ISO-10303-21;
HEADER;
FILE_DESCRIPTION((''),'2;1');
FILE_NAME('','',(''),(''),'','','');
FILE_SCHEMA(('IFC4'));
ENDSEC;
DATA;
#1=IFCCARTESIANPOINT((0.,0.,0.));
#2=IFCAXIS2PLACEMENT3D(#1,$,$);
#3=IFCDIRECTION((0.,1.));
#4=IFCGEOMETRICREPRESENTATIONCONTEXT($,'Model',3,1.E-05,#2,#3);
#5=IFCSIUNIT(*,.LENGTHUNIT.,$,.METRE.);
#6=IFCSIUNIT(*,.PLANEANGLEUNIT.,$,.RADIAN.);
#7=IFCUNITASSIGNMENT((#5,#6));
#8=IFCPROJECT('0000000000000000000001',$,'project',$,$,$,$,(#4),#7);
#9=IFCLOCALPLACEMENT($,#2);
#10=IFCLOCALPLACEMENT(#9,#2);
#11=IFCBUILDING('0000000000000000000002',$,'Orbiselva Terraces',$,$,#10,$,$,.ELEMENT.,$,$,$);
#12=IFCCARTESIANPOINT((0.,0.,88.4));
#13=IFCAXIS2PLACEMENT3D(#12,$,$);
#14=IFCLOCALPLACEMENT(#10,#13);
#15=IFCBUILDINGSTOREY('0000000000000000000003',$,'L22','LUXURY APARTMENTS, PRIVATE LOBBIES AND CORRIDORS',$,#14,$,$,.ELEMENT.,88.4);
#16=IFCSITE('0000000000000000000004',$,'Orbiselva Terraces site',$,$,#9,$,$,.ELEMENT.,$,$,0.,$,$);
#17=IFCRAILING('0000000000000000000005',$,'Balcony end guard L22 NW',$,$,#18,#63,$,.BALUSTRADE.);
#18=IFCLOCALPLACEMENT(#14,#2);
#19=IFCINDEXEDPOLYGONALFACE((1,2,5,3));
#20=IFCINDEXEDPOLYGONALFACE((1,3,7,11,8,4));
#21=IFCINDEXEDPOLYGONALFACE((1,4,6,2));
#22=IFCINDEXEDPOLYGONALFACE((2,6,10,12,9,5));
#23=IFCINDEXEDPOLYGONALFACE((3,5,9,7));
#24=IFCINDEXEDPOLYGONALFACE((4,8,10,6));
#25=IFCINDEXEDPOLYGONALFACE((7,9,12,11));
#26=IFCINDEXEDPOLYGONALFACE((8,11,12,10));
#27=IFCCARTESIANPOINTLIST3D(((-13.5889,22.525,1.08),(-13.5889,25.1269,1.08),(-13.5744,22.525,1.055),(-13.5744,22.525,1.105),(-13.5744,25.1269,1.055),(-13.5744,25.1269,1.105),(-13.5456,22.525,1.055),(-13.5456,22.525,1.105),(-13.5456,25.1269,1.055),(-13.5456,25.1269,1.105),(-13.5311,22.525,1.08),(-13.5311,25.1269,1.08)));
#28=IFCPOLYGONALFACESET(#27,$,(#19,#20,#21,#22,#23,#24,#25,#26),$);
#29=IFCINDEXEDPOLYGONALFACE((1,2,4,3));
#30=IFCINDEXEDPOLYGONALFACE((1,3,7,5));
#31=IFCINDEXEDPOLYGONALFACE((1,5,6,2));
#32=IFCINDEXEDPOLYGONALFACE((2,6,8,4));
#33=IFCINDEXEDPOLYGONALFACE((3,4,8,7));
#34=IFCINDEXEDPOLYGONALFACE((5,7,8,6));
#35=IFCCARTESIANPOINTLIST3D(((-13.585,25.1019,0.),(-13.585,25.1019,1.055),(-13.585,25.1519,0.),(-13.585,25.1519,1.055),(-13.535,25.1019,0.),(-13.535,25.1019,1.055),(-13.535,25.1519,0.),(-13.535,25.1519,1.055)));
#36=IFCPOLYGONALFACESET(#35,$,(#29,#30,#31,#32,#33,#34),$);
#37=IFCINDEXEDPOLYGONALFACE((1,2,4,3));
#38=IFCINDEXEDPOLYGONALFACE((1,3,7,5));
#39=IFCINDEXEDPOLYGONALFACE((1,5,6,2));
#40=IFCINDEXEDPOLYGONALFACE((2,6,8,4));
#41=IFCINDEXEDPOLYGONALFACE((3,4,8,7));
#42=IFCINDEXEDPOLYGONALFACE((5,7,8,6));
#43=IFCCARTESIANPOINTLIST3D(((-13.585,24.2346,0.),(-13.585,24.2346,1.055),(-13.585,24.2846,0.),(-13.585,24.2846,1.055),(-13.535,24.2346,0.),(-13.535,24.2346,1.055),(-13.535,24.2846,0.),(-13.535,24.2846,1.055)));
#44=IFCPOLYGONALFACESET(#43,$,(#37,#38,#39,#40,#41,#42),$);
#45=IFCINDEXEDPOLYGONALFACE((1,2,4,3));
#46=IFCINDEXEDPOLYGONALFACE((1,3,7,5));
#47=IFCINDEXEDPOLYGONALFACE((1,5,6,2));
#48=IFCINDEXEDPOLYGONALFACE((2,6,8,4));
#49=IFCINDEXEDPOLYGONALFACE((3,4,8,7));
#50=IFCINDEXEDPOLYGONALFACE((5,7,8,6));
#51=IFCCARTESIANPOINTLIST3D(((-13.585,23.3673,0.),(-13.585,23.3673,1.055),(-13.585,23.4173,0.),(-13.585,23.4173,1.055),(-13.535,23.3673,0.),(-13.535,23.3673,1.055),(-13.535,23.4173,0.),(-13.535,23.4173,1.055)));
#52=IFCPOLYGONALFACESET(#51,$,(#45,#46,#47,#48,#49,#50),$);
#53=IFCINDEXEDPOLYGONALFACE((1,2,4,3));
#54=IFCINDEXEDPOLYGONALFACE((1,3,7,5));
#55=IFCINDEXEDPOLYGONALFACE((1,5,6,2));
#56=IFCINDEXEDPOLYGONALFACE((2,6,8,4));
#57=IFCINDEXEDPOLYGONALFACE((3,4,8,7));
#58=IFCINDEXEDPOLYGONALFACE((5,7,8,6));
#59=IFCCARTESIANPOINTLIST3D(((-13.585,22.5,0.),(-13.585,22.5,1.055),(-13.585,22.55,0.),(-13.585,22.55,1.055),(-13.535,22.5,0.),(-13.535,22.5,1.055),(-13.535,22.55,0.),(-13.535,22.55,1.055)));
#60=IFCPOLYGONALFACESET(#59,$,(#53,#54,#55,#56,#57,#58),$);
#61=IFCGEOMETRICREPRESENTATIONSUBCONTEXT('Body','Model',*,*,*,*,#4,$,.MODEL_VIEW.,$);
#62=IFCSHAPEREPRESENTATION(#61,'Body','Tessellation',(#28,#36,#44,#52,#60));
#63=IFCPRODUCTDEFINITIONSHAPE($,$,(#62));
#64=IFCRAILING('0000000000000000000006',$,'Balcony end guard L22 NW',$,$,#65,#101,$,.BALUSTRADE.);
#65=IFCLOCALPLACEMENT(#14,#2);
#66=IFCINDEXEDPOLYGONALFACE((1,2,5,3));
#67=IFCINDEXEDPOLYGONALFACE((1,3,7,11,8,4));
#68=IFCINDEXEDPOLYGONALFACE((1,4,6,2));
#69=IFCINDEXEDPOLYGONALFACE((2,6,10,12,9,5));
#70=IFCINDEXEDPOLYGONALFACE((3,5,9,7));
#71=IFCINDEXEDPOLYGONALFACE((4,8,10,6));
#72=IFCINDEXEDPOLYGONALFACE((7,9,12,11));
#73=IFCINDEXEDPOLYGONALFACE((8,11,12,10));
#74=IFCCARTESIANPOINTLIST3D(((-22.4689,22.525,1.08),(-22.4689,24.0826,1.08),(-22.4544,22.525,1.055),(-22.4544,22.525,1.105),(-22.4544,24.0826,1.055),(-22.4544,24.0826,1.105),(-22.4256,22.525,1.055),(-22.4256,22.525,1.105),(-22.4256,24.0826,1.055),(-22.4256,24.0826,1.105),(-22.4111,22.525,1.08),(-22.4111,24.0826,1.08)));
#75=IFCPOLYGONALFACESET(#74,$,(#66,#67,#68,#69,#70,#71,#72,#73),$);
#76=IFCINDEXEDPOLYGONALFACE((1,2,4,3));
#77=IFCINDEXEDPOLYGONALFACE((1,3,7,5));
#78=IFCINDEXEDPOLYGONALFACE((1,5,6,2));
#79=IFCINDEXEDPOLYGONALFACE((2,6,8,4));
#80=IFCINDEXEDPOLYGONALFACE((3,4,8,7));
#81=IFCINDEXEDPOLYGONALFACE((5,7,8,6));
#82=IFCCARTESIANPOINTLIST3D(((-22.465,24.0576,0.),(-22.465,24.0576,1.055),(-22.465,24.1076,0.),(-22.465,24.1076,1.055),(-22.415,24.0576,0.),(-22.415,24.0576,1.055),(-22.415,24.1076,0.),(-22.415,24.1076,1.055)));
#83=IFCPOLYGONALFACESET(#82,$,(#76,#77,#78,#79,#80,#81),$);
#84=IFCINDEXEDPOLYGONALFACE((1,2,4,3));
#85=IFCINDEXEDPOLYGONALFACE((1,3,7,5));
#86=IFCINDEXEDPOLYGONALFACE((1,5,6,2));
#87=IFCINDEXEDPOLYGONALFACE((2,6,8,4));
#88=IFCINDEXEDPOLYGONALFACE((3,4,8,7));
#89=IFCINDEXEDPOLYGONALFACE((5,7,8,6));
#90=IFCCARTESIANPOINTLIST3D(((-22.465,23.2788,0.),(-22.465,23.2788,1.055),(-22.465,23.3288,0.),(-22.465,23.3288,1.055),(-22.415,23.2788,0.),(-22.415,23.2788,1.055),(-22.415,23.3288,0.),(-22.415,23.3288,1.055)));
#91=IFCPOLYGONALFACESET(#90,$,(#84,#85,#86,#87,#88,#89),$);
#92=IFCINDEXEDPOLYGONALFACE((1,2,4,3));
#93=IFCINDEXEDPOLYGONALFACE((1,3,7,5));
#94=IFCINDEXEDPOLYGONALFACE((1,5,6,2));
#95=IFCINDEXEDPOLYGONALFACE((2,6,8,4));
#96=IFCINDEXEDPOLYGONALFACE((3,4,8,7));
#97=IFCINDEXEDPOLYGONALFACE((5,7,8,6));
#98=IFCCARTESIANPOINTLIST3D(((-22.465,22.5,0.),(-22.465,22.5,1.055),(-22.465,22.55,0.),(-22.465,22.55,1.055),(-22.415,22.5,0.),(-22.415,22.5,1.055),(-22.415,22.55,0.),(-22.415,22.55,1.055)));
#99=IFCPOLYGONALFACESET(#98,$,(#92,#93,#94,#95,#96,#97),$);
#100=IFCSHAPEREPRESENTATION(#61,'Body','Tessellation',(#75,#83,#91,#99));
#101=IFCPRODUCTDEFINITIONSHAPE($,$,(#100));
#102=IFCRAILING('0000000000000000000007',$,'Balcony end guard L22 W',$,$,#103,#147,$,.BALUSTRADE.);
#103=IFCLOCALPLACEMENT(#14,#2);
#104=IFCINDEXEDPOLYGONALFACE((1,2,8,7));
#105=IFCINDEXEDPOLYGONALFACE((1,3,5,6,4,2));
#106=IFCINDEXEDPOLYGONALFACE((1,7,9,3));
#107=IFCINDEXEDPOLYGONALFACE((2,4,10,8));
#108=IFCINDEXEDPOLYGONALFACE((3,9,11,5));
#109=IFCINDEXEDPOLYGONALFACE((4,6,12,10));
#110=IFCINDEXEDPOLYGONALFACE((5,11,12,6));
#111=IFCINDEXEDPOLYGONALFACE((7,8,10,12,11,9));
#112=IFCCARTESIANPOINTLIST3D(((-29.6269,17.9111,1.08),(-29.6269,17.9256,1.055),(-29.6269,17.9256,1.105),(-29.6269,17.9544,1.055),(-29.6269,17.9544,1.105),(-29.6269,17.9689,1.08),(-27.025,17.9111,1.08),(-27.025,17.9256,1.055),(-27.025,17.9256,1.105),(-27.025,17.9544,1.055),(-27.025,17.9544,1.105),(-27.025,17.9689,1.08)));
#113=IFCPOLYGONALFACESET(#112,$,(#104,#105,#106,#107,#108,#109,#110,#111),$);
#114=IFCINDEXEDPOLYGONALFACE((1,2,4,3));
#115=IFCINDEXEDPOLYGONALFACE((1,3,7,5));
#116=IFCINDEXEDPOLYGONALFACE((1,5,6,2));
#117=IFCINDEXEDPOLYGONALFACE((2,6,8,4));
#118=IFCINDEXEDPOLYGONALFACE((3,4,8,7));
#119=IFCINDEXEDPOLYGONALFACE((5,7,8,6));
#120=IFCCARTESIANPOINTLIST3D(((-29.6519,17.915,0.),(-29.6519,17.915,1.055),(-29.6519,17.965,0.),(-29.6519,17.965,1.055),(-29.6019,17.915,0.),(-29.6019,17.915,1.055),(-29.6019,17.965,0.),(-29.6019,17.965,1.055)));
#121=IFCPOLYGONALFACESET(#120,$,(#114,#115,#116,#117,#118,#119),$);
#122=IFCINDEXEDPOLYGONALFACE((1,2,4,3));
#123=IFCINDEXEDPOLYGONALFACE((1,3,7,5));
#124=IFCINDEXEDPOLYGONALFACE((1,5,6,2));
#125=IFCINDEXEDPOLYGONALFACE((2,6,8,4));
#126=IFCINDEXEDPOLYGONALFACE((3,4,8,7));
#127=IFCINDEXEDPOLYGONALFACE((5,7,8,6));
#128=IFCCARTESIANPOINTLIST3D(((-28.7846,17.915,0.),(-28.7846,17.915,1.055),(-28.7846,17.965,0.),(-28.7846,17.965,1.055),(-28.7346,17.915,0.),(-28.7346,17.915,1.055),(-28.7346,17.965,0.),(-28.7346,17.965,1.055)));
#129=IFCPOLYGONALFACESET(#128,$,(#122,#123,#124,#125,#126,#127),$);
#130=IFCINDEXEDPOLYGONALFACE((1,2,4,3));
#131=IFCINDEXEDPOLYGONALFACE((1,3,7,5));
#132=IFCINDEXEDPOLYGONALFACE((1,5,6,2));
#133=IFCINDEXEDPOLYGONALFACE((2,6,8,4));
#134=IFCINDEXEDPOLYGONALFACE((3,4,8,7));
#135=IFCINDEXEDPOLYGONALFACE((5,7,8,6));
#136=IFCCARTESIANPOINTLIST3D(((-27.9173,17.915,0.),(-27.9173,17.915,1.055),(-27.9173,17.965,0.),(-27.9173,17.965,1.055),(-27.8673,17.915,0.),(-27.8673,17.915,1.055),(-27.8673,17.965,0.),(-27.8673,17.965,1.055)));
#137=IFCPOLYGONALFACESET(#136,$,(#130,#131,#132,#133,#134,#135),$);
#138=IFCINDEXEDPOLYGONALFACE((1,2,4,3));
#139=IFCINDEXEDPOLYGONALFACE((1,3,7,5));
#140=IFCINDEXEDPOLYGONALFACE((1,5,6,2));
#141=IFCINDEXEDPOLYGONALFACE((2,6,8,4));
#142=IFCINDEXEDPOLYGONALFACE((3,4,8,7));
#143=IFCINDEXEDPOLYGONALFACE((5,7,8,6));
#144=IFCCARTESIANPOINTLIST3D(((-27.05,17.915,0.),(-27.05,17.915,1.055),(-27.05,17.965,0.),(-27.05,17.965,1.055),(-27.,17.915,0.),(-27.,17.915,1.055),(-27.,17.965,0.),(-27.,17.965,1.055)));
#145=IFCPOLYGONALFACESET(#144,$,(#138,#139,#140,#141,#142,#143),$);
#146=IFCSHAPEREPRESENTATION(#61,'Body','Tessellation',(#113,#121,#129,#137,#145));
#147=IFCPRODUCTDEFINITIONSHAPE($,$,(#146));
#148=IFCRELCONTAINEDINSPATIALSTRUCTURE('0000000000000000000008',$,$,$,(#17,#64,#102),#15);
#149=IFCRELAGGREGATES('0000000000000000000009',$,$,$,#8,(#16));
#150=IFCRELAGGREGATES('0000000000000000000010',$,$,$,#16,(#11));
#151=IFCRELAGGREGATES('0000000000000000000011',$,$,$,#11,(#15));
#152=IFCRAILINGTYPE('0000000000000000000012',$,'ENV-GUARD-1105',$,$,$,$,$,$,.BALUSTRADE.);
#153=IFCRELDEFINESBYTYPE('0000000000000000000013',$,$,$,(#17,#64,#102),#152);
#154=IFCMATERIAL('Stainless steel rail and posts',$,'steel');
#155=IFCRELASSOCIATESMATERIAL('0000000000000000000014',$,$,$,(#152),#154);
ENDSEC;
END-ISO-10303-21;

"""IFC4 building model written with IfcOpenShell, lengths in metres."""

from ifc_helpers import new_model, si_unit, direction, frame, origin, origin_2d, place, context, subcontext, project, spatial, polyline, rectangle, outline, extrude, material, type_object, element, save


model = new_model("IFC4")

# Units and contexts
model_context = context("Model", 3, precision=1e-05, world=origin(), true_north=direction((0.0, 1.0)))
body_context = subcontext(model_context, "Body", "Model", "MODEL_VIEW")
ifc_project = project(units=[si_unit("LENGTHUNIT", "METRE"), si_unit("PLANEANGLEUNIT", "RADIAN")], contexts=[model_context])

# Site, building, storey
site_placement = place(None, origin())
site = spatial("IfcSite", under=ifc_project, at=site_placement, Name="Orbiselva Terraces site", CompositionType="ELEMENT", RefElevation=0.0)
building_placement = place(site_placement, origin())
building = spatial("IfcBuilding", under=site, at=building_placement, Name="Orbiselva Terraces", CompositionType="ELEMENT")
storey_placement = place(building_placement, frame((0.0, 0.0, 88.4)))
storey = spatial("IfcBuildingStorey", under=building, at=storey_placement, Name="L22", Description="LUXURY APARTMENTS, PRIVATE LOBBIES AND CORRIDORS", CompositionType="ELEMENT", Elevation=88.4)

# Railings
ifc_material_1 = material(Name="Stainless steel rail and posts", Category="steel")
railing_type_1 = type_object("IfcRailingType", Name="ENV-GUARD-1105", PredefinedType="BALUSTRADE", material=ifc_material_1)
railing_1_placement = place(storey_placement, frame((-13.56, 25.1269, 0.0)))
element("IfcRailing", 1, at=railing_1_placement, inside=storey, type_object=railing_type_1, Name="Balcony end guard L22 NW", PredefinedType="BALUSTRADE", context=body_context, shape_type="SweptSolid", body=[
    extrude(outline(polyline([(0.0289, 0.0), (0.0144, 0.025), (-0.0144, 0.025), (-0.0289, 0.0), (-0.0144, -0.025), (0.0144, -0.025), (0.0289, 0.0)])), frame((0.0, 0.0, 1.08), z_axis=(0.0, -1.0, 0.0), x_axis=(1.0, 0.0, 0.0)), (0.0, 0.0, 1.0), 2.6019),
    extrude(rectangle(XDim=0.05, YDim=0.05, at=origin_2d()), origin(), (0.0, 0.0, 1.0), 1.055),
    extrude(rectangle(XDim=0.05, YDim=0.05, at=origin_2d()), frame((0.0, -0.8673, 0.0)), (0.0, 0.0, 1.0), 1.055),
    extrude(rectangle(XDim=0.05, YDim=0.05, at=origin_2d()), frame((0.0, -1.7346, 0.0)), (0.0, 0.0, 1.0), 1.055),
    extrude(rectangle(XDim=0.05, YDim=0.05, at=origin_2d()), frame((0.0, -2.6019, 0.0)), (0.0, 0.0, 1.0), 1.055),
])
railing_2_placement = place(storey_placement, frame((-22.44, 24.0826, 0.0)))
element("IfcRailing", 2, at=railing_2_placement, inside=storey, type_object=railing_type_1, Name="Balcony end guard L22 NW", PredefinedType="BALUSTRADE", context=body_context, shape_type="SweptSolid", body=[
    extrude(outline(polyline([(0.0289, 0.0), (0.0144, 0.025), (-0.0144, 0.025), (-0.0289, 0.0), (-0.0144, -0.025), (0.0144, -0.025), (0.0289, 0.0)])), frame((0.0, 0.0, 1.08), z_axis=(0.0, -1.0, 0.0), x_axis=(1.0, 0.0, 0.0)), (0.0, 0.0, 1.0), 1.5576),
    extrude(rectangle(XDim=0.05, YDim=0.05, at=origin_2d()), origin(), (0.0, 0.0, 1.0), 1.055),
    extrude(rectangle(XDim=0.05, YDim=0.05, at=origin_2d()), frame((0.0, -0.7788, 0.0)), (0.0, 0.0, 1.0), 1.055),
    extrude(rectangle(XDim=0.05, YDim=0.05, at=origin_2d()), frame((0.0, -1.5576, 0.0)), (0.0, 0.0, 1.0), 1.055),
])
railing_3_placement = place(storey_placement, frame((-29.6269, 17.94, 0.0)))
element("IfcRailing", 3, at=railing_3_placement, inside=storey, type_object=railing_type_1, Name="Balcony end guard L22 W", PredefinedType="BALUSTRADE", context=body_context, shape_type="SweptSolid", body=[
    extrude(outline(polyline([(0.0289, 0.0), (0.0144, 0.025), (-0.0144, 0.025), (-0.0289, 0.0), (-0.0144, -0.025), (0.0144, -0.025), (0.0289, 0.0)])), frame((0.0, 0.0, 1.08), z_axis=(1.0, 0.0, 0.0), x_axis=(0.0, 1.0, 0.0)), (0.0, 0.0, 1.0), 2.6019),
    extrude(rectangle(XDim=0.05, YDim=0.05, at=origin_2d()), origin(), (0.0, 0.0, 1.0), 1.055),
    extrude(rectangle(XDim=0.05, YDim=0.05, at=origin_2d()), frame((0.8673, 0.0, 0.0)), (0.0, 0.0, 1.0), 1.055),
    extrude(rectangle(XDim=0.05, YDim=0.05, at=origin_2d()), frame((1.7346, 0.0, 0.0)), (0.0, 0.0, 1.0), 1.055),
    extrude(rectangle(XDim=0.05, YDim=0.05, at=origin_2d()), frame((2.6019, 0.0, 0.0)), (0.0, 0.0, 1.0), 1.055),
])

save(model, "model.ifc")
